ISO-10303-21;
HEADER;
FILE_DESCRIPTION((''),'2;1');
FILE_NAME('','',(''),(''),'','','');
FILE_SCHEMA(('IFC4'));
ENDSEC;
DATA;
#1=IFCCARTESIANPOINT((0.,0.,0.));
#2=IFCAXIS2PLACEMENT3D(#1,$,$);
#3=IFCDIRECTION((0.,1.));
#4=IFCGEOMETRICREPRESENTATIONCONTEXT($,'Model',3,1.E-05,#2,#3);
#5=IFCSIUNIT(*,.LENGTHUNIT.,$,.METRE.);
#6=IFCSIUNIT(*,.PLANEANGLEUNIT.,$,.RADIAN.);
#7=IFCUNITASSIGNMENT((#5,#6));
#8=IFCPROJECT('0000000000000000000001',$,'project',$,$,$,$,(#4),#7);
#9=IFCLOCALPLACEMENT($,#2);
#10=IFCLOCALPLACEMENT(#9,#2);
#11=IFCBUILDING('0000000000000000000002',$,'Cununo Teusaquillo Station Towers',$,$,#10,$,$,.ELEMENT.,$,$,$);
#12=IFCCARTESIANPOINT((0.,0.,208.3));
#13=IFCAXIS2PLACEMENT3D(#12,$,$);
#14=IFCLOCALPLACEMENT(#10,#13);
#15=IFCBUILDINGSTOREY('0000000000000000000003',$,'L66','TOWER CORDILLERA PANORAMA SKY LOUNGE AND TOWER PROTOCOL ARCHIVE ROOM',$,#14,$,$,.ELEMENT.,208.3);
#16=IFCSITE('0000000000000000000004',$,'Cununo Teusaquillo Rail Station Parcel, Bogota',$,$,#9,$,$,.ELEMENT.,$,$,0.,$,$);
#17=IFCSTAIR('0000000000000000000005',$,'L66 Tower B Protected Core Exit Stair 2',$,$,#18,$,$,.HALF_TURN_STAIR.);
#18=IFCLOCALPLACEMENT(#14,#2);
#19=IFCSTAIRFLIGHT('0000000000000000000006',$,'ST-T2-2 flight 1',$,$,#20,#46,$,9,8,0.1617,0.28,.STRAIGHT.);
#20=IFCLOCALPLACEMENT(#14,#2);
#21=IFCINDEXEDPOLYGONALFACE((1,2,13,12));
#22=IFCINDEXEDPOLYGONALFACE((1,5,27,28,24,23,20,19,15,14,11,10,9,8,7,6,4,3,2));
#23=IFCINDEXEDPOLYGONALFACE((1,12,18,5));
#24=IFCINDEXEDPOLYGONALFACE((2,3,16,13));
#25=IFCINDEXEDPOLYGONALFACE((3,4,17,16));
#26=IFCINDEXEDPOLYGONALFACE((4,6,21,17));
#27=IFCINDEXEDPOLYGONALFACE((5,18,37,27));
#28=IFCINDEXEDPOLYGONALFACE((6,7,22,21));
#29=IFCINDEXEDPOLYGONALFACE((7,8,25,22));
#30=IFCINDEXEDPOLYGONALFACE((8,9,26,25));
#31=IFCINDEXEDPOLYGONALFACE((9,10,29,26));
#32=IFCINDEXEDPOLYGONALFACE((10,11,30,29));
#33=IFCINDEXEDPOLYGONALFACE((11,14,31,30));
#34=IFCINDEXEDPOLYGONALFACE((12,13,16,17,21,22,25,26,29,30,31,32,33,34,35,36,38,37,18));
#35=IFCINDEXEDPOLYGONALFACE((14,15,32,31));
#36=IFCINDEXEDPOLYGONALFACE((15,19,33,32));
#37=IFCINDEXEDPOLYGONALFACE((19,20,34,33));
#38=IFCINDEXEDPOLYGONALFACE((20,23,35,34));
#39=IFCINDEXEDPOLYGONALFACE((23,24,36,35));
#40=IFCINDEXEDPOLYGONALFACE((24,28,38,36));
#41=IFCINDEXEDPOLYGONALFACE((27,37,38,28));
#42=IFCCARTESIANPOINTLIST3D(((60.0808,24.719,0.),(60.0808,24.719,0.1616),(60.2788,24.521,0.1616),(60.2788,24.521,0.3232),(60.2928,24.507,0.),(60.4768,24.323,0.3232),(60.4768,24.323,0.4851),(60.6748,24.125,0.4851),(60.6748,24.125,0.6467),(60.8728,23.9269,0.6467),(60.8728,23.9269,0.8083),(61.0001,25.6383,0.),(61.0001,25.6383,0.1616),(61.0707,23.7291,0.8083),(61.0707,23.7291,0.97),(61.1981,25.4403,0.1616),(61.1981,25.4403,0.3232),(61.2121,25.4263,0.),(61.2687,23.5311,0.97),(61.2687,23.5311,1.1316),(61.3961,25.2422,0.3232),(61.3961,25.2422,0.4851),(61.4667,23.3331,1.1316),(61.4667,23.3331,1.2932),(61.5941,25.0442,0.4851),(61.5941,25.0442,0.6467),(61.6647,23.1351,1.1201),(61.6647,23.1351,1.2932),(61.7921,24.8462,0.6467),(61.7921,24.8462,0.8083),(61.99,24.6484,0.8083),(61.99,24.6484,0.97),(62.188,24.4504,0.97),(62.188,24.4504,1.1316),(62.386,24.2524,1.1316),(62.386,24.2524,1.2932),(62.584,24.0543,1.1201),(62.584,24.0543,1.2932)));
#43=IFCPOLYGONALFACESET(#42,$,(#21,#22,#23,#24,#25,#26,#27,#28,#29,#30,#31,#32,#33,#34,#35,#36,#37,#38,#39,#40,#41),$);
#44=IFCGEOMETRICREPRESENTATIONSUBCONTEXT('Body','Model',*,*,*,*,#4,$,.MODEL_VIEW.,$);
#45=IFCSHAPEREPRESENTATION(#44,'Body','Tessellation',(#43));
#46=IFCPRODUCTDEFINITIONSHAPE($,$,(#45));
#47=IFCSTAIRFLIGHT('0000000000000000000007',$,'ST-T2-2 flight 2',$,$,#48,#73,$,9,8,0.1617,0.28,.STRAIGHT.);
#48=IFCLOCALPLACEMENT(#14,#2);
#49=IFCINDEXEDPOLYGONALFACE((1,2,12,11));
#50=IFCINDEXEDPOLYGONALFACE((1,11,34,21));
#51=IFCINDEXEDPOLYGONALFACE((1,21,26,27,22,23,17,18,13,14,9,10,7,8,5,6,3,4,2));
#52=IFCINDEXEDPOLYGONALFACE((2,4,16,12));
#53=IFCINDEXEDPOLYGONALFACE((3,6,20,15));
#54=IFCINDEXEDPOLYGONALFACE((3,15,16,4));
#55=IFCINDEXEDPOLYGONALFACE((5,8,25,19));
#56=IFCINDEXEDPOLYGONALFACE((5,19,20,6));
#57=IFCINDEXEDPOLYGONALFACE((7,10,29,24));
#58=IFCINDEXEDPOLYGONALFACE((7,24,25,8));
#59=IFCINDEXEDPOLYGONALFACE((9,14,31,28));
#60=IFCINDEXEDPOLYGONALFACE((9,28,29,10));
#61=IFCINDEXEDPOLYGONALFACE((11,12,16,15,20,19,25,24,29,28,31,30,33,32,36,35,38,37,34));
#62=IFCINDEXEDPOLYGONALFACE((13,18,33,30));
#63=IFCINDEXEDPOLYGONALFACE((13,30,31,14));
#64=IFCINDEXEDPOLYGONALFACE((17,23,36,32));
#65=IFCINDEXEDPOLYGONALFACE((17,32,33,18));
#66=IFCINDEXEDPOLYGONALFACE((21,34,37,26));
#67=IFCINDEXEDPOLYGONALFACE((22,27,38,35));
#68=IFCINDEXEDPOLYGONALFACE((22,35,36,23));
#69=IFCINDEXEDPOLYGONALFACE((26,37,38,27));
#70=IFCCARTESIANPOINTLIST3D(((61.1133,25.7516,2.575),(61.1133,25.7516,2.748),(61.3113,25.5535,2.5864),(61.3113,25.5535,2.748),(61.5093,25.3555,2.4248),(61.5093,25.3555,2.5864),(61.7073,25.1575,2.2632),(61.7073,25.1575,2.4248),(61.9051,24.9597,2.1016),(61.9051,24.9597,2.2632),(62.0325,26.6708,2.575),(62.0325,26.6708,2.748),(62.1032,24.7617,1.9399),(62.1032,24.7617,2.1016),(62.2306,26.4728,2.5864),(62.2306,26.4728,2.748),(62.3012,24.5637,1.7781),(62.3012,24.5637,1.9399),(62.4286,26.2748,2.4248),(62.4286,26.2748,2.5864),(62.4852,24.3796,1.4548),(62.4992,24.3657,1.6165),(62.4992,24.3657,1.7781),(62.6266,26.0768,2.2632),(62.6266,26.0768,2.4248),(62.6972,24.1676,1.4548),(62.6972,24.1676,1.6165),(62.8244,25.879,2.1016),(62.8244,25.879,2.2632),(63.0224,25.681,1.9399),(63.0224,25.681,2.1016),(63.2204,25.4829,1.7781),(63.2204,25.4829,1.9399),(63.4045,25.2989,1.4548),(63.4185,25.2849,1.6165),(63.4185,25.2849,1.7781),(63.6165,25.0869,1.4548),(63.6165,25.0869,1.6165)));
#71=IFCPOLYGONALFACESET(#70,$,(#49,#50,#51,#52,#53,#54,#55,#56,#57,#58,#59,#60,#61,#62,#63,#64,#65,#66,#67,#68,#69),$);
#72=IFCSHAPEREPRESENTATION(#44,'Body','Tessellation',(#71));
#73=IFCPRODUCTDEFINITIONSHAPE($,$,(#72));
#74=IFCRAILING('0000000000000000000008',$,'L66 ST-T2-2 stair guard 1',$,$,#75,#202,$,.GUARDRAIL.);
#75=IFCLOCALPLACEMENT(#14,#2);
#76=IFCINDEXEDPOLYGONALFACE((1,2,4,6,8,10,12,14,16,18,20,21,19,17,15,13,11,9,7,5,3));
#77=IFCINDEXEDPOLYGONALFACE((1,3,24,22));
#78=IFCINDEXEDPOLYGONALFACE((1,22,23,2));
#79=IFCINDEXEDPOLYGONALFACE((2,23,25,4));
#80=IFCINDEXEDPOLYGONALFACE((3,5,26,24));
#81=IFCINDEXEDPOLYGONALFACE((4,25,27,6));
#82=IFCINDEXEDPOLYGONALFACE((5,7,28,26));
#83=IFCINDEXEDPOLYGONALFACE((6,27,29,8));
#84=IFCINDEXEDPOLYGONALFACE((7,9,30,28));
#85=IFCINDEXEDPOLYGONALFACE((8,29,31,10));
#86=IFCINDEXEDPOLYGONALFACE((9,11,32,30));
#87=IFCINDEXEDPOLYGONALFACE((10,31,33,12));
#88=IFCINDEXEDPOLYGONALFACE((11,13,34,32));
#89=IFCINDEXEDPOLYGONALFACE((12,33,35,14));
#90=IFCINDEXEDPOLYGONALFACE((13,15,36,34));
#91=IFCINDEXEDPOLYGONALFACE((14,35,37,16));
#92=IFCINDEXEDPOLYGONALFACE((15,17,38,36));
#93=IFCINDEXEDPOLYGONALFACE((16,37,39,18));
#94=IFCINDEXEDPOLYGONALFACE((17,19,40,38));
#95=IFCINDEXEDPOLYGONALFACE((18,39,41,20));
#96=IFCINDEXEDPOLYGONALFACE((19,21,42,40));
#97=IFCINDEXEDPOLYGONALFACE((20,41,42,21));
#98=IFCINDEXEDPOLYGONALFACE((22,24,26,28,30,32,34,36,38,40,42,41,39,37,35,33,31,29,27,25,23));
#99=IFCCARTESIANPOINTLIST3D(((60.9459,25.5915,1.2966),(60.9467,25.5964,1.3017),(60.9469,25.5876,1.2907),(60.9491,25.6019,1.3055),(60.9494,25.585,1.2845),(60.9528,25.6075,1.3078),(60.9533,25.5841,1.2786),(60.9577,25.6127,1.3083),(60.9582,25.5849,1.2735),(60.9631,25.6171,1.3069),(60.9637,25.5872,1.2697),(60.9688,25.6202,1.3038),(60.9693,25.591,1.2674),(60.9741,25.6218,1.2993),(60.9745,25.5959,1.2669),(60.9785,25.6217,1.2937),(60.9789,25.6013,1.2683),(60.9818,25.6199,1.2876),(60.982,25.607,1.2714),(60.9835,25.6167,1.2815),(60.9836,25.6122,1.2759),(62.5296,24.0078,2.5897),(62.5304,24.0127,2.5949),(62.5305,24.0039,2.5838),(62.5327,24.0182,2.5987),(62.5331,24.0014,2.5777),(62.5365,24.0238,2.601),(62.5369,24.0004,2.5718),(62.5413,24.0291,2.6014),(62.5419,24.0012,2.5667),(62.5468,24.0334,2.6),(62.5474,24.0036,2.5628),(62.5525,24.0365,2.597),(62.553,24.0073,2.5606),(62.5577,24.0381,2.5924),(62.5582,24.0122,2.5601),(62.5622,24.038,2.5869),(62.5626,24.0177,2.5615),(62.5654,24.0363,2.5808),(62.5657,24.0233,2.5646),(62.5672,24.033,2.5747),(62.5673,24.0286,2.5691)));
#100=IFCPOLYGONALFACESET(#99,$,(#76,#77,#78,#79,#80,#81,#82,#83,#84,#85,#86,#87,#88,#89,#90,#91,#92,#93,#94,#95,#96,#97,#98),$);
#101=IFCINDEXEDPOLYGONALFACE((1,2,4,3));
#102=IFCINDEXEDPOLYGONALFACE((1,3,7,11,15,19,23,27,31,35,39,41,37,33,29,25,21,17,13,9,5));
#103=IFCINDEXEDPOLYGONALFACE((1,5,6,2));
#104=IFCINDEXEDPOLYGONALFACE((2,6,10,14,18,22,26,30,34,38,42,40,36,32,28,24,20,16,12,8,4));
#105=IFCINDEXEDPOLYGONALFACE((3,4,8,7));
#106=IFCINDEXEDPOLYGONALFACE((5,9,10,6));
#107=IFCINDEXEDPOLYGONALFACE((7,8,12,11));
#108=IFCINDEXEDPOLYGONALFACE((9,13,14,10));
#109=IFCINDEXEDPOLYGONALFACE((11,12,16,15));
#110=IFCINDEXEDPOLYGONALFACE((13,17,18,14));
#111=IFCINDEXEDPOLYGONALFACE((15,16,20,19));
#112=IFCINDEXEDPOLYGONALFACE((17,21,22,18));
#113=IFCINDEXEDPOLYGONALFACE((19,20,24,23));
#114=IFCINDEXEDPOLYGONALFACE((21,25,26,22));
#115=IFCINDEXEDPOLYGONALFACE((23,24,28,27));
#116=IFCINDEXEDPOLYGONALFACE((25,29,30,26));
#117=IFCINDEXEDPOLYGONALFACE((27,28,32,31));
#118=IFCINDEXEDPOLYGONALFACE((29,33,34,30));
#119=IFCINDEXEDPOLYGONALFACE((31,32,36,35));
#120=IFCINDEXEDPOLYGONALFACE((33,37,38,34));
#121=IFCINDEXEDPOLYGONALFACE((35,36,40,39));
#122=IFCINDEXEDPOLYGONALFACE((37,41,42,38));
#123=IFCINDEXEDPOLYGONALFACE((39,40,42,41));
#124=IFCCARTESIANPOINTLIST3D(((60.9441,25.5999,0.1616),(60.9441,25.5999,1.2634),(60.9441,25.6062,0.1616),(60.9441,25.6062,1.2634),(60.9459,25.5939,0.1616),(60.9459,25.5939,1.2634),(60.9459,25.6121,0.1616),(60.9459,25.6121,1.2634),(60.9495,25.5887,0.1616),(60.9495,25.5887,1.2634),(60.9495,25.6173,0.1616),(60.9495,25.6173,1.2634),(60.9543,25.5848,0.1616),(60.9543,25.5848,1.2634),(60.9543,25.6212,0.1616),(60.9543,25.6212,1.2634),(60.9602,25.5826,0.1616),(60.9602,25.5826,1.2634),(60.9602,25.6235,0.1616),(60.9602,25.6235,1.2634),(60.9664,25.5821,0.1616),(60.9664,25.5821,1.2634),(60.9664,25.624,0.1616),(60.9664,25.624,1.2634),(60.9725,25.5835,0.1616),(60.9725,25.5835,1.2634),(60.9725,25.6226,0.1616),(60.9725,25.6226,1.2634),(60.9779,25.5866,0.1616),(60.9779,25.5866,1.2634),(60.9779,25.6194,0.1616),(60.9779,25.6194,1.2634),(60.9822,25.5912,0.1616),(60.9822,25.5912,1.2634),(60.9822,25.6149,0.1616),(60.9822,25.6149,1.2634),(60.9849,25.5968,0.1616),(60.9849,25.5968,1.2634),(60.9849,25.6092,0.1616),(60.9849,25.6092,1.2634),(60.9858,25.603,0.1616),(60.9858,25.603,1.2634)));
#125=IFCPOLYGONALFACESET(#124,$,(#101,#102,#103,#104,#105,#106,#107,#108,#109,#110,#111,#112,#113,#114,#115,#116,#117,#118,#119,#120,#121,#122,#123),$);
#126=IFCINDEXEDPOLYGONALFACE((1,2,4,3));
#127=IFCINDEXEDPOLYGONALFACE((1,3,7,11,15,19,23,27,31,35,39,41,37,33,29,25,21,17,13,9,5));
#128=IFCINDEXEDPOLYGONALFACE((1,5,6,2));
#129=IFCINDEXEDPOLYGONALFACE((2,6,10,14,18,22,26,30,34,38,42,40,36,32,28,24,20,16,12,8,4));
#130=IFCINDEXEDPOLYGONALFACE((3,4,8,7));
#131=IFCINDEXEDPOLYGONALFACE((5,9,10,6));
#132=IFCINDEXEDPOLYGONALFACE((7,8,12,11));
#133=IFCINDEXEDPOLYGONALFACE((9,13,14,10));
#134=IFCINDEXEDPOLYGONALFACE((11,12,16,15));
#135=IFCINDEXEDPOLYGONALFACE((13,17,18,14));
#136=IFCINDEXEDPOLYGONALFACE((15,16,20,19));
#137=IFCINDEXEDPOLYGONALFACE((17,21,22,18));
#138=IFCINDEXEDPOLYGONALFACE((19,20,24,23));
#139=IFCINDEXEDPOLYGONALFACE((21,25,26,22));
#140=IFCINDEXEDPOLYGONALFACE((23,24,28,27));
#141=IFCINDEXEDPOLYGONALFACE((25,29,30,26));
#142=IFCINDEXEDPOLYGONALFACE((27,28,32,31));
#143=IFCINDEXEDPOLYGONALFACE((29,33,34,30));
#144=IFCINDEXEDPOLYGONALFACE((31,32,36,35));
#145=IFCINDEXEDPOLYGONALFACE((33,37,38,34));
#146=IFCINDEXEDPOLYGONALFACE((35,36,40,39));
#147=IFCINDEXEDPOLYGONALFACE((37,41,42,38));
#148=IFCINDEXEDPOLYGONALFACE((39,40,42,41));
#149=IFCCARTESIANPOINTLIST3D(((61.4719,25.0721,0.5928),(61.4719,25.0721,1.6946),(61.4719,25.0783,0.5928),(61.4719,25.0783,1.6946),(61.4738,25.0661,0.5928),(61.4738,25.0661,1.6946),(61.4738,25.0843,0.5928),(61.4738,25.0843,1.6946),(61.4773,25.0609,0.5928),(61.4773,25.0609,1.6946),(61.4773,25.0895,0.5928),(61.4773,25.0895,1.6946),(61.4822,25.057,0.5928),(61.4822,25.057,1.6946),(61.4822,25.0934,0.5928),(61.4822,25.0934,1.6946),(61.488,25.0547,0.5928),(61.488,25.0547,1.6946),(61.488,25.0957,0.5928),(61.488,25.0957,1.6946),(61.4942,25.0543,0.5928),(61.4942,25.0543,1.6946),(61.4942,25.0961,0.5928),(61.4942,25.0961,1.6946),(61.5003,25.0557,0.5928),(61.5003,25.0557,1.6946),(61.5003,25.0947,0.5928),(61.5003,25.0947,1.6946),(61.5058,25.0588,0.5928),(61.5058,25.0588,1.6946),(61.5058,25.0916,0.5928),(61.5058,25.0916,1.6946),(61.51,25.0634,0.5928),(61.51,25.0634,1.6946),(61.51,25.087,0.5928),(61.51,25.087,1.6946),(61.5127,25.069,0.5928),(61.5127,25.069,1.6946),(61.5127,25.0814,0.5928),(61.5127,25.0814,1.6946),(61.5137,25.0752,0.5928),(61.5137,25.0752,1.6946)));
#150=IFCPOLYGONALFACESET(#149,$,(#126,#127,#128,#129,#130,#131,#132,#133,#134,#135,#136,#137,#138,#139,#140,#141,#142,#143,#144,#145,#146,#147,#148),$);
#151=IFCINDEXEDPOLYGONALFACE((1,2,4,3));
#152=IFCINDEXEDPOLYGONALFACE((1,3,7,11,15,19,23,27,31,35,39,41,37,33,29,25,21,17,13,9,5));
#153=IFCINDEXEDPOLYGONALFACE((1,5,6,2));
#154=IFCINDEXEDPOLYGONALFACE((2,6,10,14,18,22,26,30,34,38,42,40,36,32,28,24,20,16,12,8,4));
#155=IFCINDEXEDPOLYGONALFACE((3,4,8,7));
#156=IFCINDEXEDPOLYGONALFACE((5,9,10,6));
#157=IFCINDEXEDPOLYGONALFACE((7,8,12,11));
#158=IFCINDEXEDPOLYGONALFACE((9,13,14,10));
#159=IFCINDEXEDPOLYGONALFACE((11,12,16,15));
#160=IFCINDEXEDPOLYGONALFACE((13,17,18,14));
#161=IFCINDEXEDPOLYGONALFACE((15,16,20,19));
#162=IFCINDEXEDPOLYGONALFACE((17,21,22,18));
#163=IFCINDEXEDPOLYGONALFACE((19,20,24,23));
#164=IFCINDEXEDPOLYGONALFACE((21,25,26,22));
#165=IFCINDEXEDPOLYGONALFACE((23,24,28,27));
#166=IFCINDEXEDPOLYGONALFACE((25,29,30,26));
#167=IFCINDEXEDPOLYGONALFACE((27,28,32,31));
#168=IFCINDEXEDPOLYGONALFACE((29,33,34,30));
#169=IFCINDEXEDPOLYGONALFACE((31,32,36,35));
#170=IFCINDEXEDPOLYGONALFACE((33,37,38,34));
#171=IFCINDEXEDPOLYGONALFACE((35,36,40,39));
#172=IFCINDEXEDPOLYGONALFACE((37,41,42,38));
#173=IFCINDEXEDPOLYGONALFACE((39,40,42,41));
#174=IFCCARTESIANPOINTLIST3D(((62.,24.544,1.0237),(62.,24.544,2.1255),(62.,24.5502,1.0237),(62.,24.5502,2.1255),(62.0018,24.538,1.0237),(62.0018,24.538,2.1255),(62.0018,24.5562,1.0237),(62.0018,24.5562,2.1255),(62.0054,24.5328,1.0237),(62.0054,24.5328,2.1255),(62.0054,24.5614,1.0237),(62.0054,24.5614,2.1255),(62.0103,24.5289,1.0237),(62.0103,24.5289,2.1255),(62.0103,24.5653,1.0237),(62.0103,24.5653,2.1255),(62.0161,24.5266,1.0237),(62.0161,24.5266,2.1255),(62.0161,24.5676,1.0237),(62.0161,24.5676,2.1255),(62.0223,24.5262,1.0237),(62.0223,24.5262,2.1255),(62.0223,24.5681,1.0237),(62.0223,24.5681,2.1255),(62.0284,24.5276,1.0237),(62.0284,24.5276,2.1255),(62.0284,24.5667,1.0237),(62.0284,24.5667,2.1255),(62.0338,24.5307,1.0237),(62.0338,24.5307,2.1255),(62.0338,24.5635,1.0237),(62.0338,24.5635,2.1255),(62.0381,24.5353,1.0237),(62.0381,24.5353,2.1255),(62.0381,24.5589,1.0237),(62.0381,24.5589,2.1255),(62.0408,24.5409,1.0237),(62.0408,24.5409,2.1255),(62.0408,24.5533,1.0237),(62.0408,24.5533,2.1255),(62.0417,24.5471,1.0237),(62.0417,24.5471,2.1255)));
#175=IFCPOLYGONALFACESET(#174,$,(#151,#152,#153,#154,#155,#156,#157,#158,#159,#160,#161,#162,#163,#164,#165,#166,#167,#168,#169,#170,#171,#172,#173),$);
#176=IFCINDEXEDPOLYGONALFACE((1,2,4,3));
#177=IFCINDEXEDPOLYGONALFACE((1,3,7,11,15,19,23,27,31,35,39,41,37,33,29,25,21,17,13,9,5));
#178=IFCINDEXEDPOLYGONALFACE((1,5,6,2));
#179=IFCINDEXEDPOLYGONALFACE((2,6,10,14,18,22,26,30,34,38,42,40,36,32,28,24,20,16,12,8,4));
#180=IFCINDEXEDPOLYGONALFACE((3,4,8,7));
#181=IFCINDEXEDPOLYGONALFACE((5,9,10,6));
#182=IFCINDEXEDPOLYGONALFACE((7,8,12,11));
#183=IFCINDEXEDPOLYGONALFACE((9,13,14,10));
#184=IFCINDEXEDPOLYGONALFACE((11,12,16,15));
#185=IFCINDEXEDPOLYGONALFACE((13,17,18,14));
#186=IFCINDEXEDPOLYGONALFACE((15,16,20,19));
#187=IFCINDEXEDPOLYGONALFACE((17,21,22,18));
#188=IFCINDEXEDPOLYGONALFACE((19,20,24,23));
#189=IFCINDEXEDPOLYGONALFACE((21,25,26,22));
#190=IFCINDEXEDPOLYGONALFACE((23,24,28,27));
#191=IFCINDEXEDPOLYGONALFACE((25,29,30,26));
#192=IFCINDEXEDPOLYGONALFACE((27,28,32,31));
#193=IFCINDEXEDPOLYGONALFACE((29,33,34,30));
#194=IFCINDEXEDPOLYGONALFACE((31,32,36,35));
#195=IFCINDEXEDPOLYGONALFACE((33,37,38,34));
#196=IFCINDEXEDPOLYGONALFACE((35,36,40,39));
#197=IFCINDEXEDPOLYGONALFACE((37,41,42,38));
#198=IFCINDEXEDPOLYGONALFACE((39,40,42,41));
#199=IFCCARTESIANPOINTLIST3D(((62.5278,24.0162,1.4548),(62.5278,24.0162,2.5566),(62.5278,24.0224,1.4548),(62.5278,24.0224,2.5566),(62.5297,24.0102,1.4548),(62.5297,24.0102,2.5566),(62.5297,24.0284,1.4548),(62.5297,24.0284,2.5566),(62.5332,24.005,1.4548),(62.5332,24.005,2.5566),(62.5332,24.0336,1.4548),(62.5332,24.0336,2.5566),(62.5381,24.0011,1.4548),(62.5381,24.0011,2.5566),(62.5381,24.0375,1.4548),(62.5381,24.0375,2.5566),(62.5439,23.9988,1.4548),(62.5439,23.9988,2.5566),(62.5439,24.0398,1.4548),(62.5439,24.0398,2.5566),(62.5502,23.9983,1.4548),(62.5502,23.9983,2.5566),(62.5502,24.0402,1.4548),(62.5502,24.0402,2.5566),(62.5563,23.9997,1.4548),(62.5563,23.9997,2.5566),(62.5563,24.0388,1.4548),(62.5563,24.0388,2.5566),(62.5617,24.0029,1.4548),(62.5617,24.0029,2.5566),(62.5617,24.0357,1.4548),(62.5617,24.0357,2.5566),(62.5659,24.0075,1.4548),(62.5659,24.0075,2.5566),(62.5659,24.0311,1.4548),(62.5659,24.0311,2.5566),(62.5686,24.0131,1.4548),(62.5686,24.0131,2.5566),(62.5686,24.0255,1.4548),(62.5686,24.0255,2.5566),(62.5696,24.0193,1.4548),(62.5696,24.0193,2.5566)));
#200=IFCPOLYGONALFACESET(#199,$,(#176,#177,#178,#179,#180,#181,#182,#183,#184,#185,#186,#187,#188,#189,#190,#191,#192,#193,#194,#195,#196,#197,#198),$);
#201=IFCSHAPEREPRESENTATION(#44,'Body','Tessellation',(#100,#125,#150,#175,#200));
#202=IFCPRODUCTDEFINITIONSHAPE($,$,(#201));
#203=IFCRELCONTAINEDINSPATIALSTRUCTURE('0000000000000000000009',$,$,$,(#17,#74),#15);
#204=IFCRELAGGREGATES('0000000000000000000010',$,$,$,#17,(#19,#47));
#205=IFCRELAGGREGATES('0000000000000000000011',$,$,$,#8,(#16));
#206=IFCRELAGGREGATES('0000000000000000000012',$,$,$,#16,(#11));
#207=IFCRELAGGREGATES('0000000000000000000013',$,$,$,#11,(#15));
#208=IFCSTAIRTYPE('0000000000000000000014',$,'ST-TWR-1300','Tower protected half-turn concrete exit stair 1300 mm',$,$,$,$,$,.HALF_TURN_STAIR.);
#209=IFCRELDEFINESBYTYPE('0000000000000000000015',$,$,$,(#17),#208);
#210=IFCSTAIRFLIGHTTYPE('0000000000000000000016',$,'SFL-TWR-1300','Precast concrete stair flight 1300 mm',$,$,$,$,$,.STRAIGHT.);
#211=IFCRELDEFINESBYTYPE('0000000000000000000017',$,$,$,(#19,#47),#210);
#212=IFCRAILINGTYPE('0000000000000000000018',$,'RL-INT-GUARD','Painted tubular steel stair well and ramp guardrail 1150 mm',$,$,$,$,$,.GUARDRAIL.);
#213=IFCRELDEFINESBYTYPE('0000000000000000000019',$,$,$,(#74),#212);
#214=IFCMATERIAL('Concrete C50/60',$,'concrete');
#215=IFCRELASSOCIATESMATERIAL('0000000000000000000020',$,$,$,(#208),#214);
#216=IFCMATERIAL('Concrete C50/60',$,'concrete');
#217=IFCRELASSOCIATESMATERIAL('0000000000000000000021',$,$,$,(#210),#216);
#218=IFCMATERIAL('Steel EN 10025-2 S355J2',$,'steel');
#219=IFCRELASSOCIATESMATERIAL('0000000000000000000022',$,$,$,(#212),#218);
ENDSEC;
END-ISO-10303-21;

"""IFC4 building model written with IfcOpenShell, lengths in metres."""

from ifc_helpers import new_model, si_unit, direction, frame, origin, origin_2d, place, context, subcontext, project, spatial, polyline, circle, outline, extrude, material, type_object, element, aggregate, save


model = new_model("IFC4")

# Units and contexts
model_context = context("Model", 3, precision=1e-05, world=origin(), true_north=direction((0.0, 1.0)))
body_context = subcontext(model_context, "Body", "Model", "MODEL_VIEW")
ifc_project = project(units=[si_unit("LENGTHUNIT", "METRE"), si_unit("PLANEANGLEUNIT", "RADIAN")], contexts=[model_context])

# Site, building, storey
site_placement = place(None, origin())
site = spatial("IfcSite", under=ifc_project, at=site_placement, Name="Cununo Teusaquillo Rail Station Parcel, Bogota", CompositionType="ELEMENT", RefElevation=0.0)
building_placement = place(site_placement, origin())
building = spatial("IfcBuilding", under=site, at=building_placement, Name="Cununo Teusaquillo Station Towers", CompositionType="ELEMENT")
storey_placement = place(building_placement, frame((0.0, 0.0, 208.3)))
storey = spatial("IfcBuildingStorey", under=building, at=storey_placement, Name="L66", Description="TOWER CORDILLERA PANORAMA SKY LOUNGE AND TOWER PROTOCOL ARCHIVE ROOM", CompositionType="ELEMENT", Elevation=208.3)

# Stair, stair flights
ifc_material_1 = material(Name="Concrete C50/60", Category="concrete")
stair_type = type_object("IfcStairType", Name="ST-TWR-1300", Description="Tower protected half-turn concrete exit stair 1300 mm", PredefinedType="HALF_TURN_STAIR", material=ifc_material_1)
stair_placement = place(storey_placement, origin())
stair = element("IfcStair", 1, at=stair_placement, inside=storey, type_object=stair_type, Name="L66 Tower B Protected Core Exit Stair 2", PredefinedType="HALF_TURN_STAIR")
ifc_material_2 = material(Name="Concrete C50/60", Category="concrete")
stair_flight_type = type_object("IfcStairFlightType", Name="SFL-TWR-1300", Description="Precast concrete stair flight 1300 mm", PredefinedType="STRAIGHT", material=ifc_material_2)
stair_flight_1_placement = place(storey_placement, frame((60.5405, 25.1787, 0.0), z_axis=(0.0, 0.0, 1.0), x_axis=(0.707107, -0.707107, 0.0)))
stair_flight_1 = element("IfcStairFlight", 2, at=stair_flight_1_placement, type_object=stair_flight_type, Name="ST-T2-2 flight 1", NumberOfRisers=9, NumberOfTreads=8, PredefinedType="STRAIGHT", RiserHeight=0.1617, TreadLength=0.28, context=body_context, shape_type="SweptSolid", body=[
    extrude(outline(polyline([(0.0, 0.0), (0.0, 0.1616), (0.28, 0.1616), (0.28, 0.3232), (0.5601, 0.3232), (0.5601, 0.4851), (0.8401, 0.4851), (0.8401, 0.6467), (1.1201, 0.6467), (1.1201, 0.8083), (1.3999, 0.8083), (1.3999, 0.97), (1.6799, 0.97), (1.6799, 1.1316), (1.96, 1.1316), (1.96, 1.2932), (2.24, 1.2932), (2.24, 1.4551), (2.24, 1.1201), (0.2998, 0.0), (0.0, 0.0)])), frame((0.0, 0.6499, 0.0), z_axis=(0.0, -1.0, 0.0), x_axis=(1.0, 0.0, 0.0)), (0.0, 0.0, 1.0), 1.3),
])
stair_flight_2_placement = place(storey_placement, frame((63.1567, 24.6272, 1.4548), z_axis=(0.0, 0.0, 1.0), x_axis=(-0.707107, 0.707107, 0.0)))
stair_flight_2 = element("IfcStairFlight", 3, at=stair_flight_2_placement, type_object=stair_flight_type, Name="ST-T2-2 flight 2", NumberOfRisers=9, NumberOfTreads=8, PredefinedType="STRAIGHT", RiserHeight=0.1617, TreadLength=0.28, context=body_context, shape_type="SweptSolid", body=[
    extrude(outline(polyline([(0.0, 0.0), (0.0, 0.1616), (0.28, 0.1616), (0.28, 0.3232), (0.5601, 0.3232), (0.5601, 0.4851), (0.8401, 0.4851), (0.8401, 0.6467), (1.1201, 0.6467), (1.1201, 0.8083), (1.3999, 0.8083), (1.3999, 0.97), (1.6799, 0.97), (1.6799, 1.1316), (1.96, 1.1316), (1.96, 1.2932), (2.24, 1.2932), (2.24, 1.4551), (2.24, 1.1201), (0.2998, 0.0), (0.0, 0.0)])), frame((0.0, 0.6499, 0.0), z_axis=(0.0, -1.0, 0.0), x_axis=(1.0, 0.0, 0.0)), (0.0, 0.0, 1.0), 1.3),
])
aggregate(stair, [stair_flight_1, stair_flight_2])

# Railing
ifc_material_3 = material(Name="Steel EN 10025-2 S355J2", Category="steel")
railing_type_1 = type_object("IfcRailingType", Name="RL-INT-GUARD", Description="Painted tubular steel stair well and ramp guardrail 1150 mm", PredefinedType="GUARDRAIL", material=ifc_material_3)
railing_1_placement = place(storey_placement, frame((60.9648, 25.603, 0.1616)))
element("IfcRailing", 4, at=railing_1_placement, inside=storey, type_object=railing_type_1, Name="L66 ST-T2-2 stair guard 1", PredefinedType="GUARDRAIL", context=body_context, shape_type="SweptSolid", body=[
    extrude(circle(Radius=0.0239, at=origin_2d()), frame((0.0, 0.0, 1.126), z_axis=(0.612361, -0.612361, 0.500027), x_axis=(0.707107, 0.707107, 0.0)), (0.0, 0.0, 1.0), 2.5862),
    extrude(circle(Radius=0.021, at=origin_2d()), origin(), (0.0, 0.0, 1.0), 1.1018),
    extrude(circle(Radius=0.021, at=origin_2d()), frame((0.5278, -0.5278, 0.4312)), (0.0, 0.0, 1.0), 1.1018),
    extrude(circle(Radius=0.021, at=origin_2d()), frame((1.0559, -1.0559, 0.8621)), (0.0, 0.0, 1.0), 1.1018),
    extrude(circle(Radius=0.021, at=origin_2d()), frame((1.5837, -1.5837, 1.2932)), (0.0, 0.0, 1.0), 1.1018),
])

save(model, "model.ifc")
